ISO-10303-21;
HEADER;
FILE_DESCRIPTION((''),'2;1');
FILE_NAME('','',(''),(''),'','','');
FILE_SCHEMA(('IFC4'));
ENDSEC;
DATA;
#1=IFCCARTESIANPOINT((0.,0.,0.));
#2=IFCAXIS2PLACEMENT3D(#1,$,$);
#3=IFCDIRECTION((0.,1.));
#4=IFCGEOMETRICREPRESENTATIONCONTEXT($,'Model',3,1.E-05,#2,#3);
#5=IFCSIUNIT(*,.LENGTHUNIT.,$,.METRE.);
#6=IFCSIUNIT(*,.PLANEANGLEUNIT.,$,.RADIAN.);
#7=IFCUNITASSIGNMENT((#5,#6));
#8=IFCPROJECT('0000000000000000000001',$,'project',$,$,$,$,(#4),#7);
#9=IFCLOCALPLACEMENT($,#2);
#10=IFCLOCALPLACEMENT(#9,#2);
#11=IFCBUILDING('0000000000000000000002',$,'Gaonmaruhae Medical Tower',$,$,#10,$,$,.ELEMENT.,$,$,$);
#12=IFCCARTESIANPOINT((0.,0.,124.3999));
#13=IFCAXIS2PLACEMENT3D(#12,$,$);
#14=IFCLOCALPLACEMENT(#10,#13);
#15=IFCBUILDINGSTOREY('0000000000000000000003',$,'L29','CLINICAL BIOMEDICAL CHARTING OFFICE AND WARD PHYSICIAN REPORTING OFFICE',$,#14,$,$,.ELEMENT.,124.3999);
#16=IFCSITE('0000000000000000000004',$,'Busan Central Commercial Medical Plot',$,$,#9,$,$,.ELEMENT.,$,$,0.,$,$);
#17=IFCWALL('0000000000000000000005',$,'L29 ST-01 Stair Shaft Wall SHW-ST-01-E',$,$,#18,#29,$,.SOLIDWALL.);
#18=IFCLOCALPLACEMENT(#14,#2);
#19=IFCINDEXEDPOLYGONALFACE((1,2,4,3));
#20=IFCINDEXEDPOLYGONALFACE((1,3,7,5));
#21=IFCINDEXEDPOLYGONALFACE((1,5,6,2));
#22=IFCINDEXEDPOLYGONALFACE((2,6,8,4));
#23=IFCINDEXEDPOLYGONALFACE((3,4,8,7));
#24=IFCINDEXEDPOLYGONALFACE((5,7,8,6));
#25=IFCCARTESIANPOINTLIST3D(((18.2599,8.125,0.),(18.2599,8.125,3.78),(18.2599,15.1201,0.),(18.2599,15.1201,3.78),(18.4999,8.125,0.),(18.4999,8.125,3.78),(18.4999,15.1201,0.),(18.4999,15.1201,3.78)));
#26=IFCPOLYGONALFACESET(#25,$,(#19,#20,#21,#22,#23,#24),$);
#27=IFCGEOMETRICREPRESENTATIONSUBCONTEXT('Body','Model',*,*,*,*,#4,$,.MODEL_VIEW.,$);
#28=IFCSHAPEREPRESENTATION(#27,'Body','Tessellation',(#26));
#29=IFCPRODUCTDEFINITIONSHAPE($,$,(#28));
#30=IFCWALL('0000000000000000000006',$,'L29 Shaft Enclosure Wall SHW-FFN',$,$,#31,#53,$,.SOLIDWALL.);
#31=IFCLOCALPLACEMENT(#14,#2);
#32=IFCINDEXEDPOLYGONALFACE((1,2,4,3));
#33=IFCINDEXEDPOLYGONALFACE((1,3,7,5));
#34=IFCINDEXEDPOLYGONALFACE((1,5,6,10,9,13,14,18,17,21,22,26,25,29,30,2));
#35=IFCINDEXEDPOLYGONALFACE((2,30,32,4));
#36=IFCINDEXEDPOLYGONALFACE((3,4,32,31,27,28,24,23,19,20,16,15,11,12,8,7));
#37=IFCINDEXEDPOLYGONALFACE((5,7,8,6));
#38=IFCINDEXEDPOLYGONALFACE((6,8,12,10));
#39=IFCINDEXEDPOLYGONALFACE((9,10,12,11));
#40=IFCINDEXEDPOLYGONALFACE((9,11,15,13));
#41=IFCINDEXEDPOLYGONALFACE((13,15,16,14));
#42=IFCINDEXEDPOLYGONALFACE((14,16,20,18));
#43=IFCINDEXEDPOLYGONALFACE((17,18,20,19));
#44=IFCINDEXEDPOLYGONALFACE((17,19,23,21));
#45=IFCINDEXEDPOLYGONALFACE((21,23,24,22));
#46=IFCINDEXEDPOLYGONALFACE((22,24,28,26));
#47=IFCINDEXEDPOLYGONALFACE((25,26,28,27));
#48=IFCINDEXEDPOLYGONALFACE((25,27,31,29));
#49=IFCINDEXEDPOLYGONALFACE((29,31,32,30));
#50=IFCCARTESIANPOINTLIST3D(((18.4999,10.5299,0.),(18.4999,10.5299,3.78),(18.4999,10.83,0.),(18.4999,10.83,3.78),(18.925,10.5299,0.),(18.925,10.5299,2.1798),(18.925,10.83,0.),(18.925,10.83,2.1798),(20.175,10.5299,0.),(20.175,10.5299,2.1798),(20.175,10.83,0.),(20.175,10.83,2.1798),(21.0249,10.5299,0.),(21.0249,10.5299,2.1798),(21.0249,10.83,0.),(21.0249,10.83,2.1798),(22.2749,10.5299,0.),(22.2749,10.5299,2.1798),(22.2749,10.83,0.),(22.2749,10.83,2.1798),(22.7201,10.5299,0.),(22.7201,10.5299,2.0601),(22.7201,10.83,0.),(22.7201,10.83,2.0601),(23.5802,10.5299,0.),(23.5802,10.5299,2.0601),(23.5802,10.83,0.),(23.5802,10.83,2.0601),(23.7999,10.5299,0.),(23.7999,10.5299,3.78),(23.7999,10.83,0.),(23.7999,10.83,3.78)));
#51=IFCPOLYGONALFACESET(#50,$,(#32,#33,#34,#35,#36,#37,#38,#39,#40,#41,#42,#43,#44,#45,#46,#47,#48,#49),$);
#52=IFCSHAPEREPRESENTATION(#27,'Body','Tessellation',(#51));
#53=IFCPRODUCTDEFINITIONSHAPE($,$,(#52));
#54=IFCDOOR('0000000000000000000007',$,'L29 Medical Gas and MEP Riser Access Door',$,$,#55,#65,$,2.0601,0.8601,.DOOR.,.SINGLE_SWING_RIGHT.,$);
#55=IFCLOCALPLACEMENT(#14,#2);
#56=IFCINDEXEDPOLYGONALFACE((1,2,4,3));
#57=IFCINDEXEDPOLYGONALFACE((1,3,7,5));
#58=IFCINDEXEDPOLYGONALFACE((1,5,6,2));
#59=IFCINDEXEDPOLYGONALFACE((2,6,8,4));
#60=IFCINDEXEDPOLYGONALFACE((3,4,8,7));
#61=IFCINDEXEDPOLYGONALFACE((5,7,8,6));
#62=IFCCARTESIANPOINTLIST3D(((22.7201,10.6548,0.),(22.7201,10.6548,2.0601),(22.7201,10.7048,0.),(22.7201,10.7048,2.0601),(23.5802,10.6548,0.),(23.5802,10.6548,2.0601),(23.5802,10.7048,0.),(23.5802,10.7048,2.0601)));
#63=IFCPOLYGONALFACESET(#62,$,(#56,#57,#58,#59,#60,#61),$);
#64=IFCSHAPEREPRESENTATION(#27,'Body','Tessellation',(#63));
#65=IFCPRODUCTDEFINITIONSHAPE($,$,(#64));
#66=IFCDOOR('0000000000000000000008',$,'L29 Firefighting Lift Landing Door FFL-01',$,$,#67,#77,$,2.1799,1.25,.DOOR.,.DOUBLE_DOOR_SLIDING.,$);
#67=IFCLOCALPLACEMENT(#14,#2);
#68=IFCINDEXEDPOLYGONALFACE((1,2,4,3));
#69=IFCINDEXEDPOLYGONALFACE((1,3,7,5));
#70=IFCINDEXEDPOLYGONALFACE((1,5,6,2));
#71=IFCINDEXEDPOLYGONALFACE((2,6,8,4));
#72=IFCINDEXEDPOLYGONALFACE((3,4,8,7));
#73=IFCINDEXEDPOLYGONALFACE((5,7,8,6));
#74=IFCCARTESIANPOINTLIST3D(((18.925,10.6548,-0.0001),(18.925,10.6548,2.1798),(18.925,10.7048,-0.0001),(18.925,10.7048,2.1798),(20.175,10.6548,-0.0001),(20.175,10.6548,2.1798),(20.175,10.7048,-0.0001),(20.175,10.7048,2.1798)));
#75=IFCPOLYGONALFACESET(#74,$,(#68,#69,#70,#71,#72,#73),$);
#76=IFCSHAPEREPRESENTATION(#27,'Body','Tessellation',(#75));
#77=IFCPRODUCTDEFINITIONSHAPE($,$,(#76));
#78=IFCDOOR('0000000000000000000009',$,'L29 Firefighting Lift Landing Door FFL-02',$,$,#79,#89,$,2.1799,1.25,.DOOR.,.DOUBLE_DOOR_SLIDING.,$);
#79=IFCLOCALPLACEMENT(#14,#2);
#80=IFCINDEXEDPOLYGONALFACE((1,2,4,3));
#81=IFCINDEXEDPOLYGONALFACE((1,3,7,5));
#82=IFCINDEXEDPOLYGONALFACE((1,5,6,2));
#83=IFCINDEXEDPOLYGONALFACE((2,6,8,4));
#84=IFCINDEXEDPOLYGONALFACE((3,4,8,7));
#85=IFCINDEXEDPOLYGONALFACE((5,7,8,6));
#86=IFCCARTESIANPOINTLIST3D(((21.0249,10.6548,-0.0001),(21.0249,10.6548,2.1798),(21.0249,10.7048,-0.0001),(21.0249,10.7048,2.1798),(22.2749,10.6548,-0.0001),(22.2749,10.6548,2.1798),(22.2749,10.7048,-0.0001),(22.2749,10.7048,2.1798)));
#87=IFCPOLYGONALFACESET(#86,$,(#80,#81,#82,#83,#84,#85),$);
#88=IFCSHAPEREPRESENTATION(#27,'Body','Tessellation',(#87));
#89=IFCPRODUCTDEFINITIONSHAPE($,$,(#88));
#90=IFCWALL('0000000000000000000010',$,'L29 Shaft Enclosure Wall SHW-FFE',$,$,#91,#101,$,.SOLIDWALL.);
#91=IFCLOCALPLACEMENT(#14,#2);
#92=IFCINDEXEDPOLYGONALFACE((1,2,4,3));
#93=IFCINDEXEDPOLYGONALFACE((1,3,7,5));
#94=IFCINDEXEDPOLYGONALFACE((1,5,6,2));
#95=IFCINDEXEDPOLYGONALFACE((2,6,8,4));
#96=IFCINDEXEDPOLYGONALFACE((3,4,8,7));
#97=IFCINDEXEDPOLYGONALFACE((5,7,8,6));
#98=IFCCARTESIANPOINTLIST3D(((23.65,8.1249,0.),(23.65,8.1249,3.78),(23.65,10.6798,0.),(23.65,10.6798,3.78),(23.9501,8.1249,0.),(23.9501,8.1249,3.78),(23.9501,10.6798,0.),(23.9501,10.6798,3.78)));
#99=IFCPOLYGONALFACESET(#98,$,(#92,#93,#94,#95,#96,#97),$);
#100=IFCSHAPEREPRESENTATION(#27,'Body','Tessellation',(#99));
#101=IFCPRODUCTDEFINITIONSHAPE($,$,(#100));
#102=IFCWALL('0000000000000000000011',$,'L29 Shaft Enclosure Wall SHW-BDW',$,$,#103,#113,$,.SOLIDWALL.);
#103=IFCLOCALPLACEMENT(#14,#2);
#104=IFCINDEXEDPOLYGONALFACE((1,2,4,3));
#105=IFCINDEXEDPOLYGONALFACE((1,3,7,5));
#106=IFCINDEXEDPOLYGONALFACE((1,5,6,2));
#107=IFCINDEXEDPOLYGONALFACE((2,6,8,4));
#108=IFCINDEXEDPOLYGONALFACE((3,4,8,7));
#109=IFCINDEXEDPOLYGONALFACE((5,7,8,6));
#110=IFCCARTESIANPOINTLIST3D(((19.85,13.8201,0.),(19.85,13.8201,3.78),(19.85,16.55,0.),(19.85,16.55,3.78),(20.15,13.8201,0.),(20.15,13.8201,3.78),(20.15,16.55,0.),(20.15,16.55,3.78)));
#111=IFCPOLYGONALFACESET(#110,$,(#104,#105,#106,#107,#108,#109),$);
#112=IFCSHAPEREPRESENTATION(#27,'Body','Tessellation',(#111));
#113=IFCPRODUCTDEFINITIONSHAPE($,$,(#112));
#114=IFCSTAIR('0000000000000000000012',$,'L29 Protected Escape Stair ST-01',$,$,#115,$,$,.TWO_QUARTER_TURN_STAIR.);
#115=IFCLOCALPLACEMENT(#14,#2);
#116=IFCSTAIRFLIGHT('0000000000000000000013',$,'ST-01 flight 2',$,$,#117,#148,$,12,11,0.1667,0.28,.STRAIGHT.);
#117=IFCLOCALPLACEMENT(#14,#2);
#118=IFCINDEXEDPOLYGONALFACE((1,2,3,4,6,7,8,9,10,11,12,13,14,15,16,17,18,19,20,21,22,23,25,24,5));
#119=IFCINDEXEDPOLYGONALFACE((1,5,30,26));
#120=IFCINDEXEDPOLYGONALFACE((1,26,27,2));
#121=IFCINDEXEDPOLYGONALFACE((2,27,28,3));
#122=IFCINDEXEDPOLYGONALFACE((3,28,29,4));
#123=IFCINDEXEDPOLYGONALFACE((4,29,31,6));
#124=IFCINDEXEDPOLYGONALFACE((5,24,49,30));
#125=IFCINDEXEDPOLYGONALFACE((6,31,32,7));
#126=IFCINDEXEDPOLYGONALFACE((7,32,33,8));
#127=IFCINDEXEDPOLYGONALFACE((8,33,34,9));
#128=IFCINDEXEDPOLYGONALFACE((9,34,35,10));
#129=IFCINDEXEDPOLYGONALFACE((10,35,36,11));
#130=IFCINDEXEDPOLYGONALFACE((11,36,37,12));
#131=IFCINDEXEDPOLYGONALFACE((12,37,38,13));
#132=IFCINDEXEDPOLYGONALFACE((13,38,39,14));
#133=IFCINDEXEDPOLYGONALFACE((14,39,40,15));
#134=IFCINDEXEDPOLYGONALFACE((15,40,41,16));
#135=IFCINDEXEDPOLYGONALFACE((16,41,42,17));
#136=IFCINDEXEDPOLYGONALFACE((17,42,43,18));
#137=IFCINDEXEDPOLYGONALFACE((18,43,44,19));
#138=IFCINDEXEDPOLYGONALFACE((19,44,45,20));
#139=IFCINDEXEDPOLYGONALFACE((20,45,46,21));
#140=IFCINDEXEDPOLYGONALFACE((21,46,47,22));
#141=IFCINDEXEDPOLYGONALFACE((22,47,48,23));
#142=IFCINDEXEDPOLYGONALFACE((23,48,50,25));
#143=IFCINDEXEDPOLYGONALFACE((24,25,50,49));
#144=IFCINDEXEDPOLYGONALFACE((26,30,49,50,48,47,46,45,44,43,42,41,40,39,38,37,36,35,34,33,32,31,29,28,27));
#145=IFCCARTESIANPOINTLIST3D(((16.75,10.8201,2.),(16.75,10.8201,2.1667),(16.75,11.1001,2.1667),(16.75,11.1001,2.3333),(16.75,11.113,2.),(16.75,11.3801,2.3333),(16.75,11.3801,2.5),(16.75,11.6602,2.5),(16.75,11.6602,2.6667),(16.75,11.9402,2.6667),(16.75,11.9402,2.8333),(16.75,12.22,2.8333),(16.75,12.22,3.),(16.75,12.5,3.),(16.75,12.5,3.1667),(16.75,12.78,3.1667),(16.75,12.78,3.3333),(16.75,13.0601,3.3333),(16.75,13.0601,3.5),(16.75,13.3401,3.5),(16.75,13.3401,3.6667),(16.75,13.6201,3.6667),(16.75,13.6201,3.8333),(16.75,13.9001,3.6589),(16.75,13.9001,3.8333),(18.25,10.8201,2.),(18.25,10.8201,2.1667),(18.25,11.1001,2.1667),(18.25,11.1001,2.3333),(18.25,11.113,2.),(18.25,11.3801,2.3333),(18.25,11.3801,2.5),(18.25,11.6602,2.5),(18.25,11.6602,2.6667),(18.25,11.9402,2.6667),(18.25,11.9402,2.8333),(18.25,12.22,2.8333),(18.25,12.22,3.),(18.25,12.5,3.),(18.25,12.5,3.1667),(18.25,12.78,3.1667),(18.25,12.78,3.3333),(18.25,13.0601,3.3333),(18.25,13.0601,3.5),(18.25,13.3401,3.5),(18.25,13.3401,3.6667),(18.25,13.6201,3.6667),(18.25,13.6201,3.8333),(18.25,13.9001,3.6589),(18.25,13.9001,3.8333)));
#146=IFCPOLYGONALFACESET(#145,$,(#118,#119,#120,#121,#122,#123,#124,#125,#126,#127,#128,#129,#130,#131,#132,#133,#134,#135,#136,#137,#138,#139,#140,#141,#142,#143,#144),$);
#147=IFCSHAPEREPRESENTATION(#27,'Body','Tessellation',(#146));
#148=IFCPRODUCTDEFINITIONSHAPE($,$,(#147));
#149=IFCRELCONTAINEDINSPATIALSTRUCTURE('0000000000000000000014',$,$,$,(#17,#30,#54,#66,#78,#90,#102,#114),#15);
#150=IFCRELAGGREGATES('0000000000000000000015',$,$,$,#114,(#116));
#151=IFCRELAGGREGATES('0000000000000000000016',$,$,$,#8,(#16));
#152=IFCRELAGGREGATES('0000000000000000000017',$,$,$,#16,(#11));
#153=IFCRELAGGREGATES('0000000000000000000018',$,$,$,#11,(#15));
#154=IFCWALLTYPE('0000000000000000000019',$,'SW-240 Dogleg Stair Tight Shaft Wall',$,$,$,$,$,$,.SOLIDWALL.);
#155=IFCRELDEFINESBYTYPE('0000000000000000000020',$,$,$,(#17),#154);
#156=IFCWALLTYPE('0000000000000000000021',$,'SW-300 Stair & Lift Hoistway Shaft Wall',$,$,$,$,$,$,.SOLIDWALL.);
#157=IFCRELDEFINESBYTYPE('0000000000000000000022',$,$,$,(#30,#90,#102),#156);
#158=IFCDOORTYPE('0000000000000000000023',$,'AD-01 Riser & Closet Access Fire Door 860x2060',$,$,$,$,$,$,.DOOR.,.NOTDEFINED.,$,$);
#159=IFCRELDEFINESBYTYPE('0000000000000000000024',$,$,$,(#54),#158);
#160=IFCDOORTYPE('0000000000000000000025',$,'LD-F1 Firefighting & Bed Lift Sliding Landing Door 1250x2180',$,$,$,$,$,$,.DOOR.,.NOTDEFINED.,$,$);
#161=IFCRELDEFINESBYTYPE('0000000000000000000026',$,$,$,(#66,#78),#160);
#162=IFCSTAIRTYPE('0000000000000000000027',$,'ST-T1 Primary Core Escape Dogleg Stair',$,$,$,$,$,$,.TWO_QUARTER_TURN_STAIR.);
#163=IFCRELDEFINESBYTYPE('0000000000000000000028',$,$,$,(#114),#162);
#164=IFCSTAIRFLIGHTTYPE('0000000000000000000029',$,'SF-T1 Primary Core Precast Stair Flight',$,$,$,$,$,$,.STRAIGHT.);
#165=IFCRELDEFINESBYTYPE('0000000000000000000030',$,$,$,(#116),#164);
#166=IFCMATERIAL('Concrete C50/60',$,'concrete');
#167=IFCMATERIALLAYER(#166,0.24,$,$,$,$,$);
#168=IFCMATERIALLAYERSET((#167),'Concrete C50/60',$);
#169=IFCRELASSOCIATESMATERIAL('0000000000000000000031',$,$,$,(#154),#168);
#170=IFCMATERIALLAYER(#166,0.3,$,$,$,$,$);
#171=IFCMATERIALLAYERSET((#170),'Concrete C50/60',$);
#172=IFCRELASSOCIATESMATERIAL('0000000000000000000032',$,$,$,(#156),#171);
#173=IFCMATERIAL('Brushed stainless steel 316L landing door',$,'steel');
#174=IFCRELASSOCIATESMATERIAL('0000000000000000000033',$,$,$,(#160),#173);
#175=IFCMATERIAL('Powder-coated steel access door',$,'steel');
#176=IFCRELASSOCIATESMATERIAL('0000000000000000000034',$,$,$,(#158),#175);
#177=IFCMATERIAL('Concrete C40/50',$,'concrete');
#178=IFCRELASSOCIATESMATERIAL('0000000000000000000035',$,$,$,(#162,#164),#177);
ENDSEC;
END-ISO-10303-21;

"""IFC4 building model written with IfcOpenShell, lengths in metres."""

from ifc_helpers import new_model, si_unit, direction, frame, frame_2d, origin, place, context, subcontext, project, spatial, polyline, rectangle, outline, extrude, material, layer, layer_set, type_object, element, fill, aggregate, save


model = new_model("IFC4")

# Units and contexts
model_context = context("Model", 3, precision=1e-05, world=origin(), true_north=direction((0.0, 1.0)))
body_context = subcontext(model_context, "Body", "Model", "MODEL_VIEW")
ifc_project = project(units=[si_unit("LENGTHUNIT", "METRE"), si_unit("PLANEANGLEUNIT", "RADIAN")], contexts=[model_context])

# Site, building, storey
site_placement = place(None, origin())
site = spatial("IfcSite", under=ifc_project, at=site_placement, Name="Busan Central Commercial Medical Plot", CompositionType="ELEMENT", RefElevation=0.0)
building_placement = place(site_placement, origin())
building = spatial("IfcBuilding", under=site, at=building_placement, Name="Gaonmaruhae Medical Tower", CompositionType="ELEMENT")
storey_placement = place(building_placement, frame((0.0, 0.0, 124.3999)))
storey = spatial("IfcBuildingStorey", under=building, at=storey_placement, Name="L29", Description="CLINICAL BIOMEDICAL CHARTING OFFICE AND WARD PHYSICIAN REPORTING OFFICE", CompositionType="ELEMENT", Elevation=124.3999)

# Wall
ifc_material_1 = material(Name="Concrete C50/60", Category="concrete")
ifc_layer_1 = layer(ifc_material_1, 0.24)
ifc_layer_set_1 = layer_set([ifc_layer_1], Name="Concrete C50/60")
wall_type_1 = type_object("IfcWallType", Name="SW-240 Dogleg Stair Tight Shaft Wall", PredefinedType="SOLIDWALL", material=ifc_layer_set_1)
wall_1_placement = place(storey_placement, frame((18.3799, 15.1201, 0.0), z_axis=(0.0, 0.0, 1.0), x_axis=(0.0, -1.0, 0.0)))
element("IfcWall", 1, at=wall_1_placement, inside=storey, type_object=wall_type_1, Name="L29 ST-01 Stair Shaft Wall SHW-ST-01-E", PredefinedType="SOLIDWALL", context=body_context, shape_type="SweptSolid", body=[
    extrude(rectangle(XDim=6.9951, YDim=0.24, at=frame_2d((3.4976, 0.0))), origin(), (0.0, 0.0, 1.0), 3.78),
])

# Wall, openings, doors
ifc_layer_2 = layer(ifc_material_1, 0.3)
ifc_layer_set_2 = layer_set([ifc_layer_2], Name="Concrete C50/60")
wall_type_2 = type_object("IfcWallType", Name="SW-300 Stair & Lift Hoistway Shaft Wall", PredefinedType="SOLIDWALL", material=ifc_layer_set_2)
ifc_material_2 = material(Name="Brushed stainless steel 316L landing door", Category="steel")
door_type_1 = type_object("IfcDoorType", Name="LD-F1 Firefighting & Bed Lift Sliding Landing Door 1250x2180", OperationType="NOTDEFINED", PredefinedType="DOOR", material=ifc_material_2)
wall_2_placement = place(storey_placement, frame((18.5, 10.6799, 0.0), z_axis=(0.0, 0.0, 1.0), x_axis=(1.0, 0.0, 0.0)))
wall_2 = element("IfcWall", 2, at=wall_2_placement, inside=storey, type_object=wall_type_2, Name="L29 Shaft Enclosure Wall SHW-FFN", PredefinedType="SOLIDWALL", context=body_context, shape_type="SweptSolid", body=[
    extrude(rectangle(XDim=5.3, YDim=0.3, at=frame_2d((2.6499, 0.0))), origin(), (0.0, 0.0, 1.0), 3.78),
])
opening_1_placement = place(wall_2_placement, frame((4.22, 0.0, 0.0)))
opening_1 = element("IfcOpeningElement", 3, at=opening_1_placement, cuts=wall_2, PredefinedType="OPENING", context=body_context, shape_type="SweptSolid", body=[
    extrude(rectangle(XDim=0.8601, YDim=2.0601, at=frame_2d((0.4302, 1.03))), frame((0.0, 0.1602, 0.0), z_axis=(0.0, -1.0, 0.0), x_axis=(1.0, 0.0, 0.0)), (0.0, 0.0, 1.0), 0.3201),
])
opening_2_placement = place(wall_2_placement, frame((0.425, 0.0, 0.0)))
opening_2 = element("IfcOpeningElement", 4, at=opening_2_placement, cuts=wall_2, PredefinedType="OPENING", context=body_context, shape_type="SweptSolid", body=[
    extrude(rectangle(XDim=1.25, YDim=2.1799, at=frame_2d((0.625, 1.0898))), frame((0.0, 0.1602, 0.0), z_axis=(0.0, -1.0, 0.0), x_axis=(1.0, 0.0, 0.0)), (0.0, 0.0, 1.0), 0.3201),
])
opening_3_placement = place(wall_2_placement, frame((2.5249, 0.0, 0.0)))
opening_3 = element("IfcOpeningElement", 5, at=opening_3_placement, cuts=wall_2, PredefinedType="OPENING", context=body_context, shape_type="SweptSolid", body=[
    extrude(rectangle(XDim=1.25, YDim=2.1799, at=frame_2d((0.625, 1.0898))), frame((0.0, 0.1602, 0.0), z_axis=(0.0, -1.0, 0.0), x_axis=(1.0, 0.0, 0.0)), (0.0, 0.0, 1.0), 0.3201),
])
ifc_material_3 = material(Name="Powder-coated steel access door", Category="steel")
door_type_2 = type_object("IfcDoorType", Name="AD-01 Riser & Closet Access Fire Door 860x2060", OperationType="NOTDEFINED", PredefinedType="DOOR", material=ifc_material_3)
door_1_placement = place(opening_1_placement, origin())
door_1 = element("IfcDoor", 6, at=door_1_placement, inside=storey, type_object=door_type_2, Name="L29 Medical Gas and MEP Riser Access Door", OperationType="SINGLE_SWING_RIGHT", OverallHeight=2.0601, OverallWidth=0.8601, PredefinedType="DOOR", context=body_context, shape_type="SweptSolid", body=[
    extrude(rectangle(XDim=0.8601, YDim=2.0601, at=frame_2d((0.4302, 1.03))), frame((0.0, 0.0249, 0.0), z_axis=(0.0, -1.0, 0.0), x_axis=(1.0, 0.0, 0.0)), (0.0, 0.0, 1.0), 0.05),
])
fill(opening_1, door_1)
door_2_placement = place(opening_2_placement, origin())
door_2 = element("IfcDoor", 7, at=door_2_placement, inside=storey, type_object=door_type_1, Name="L29 Firefighting Lift Landing Door FFL-01", OperationType="DOUBLE_DOOR_SLIDING", OverallHeight=2.1799, OverallWidth=1.25, PredefinedType="DOOR", context=body_context, shape_type="SweptSolid", body=[
    extrude(rectangle(XDim=1.25, YDim=2.1799, at=frame_2d((0.625, 1.0898))), frame((0.0, 0.0249, 0.0), z_axis=(0.0, -1.0, 0.0), x_axis=(1.0, 0.0, 0.0)), (0.0, 0.0, 1.0), 0.05),
])
fill(opening_2, door_2)
door_3_placement = place(opening_3_placement, origin())
door_3 = element("IfcDoor", 8, at=door_3_placement, inside=storey, type_object=door_type_1, Name="L29 Firefighting Lift Landing Door FFL-02", OperationType="DOUBLE_DOOR_SLIDING", OverallHeight=2.1799, OverallWidth=1.25, PredefinedType="DOOR", context=body_context, shape_type="SweptSolid", body=[
    extrude(rectangle(XDim=1.25, YDim=2.1799, at=frame_2d((0.625, 1.0898))), frame((0.0, 0.0249, 0.0), z_axis=(0.0, -1.0, 0.0), x_axis=(1.0, 0.0, 0.0)), (0.0, 0.0, 1.0), 0.05),
])
fill(opening_3, door_3)

# Walls
wall_3_placement = place(storey_placement, frame((23.8, 8.125, 0.0), z_axis=(0.0, 0.0, 1.0), x_axis=(0.0, 1.0, 0.0)))
element("IfcWall", 9, at=wall_3_placement, inside=storey, type_object=wall_type_2, Name="L29 Shaft Enclosure Wall SHW-FFE", PredefinedType="SOLIDWALL", context=body_context, shape_type="SweptSolid", body=[
    extrude(rectangle(XDim=2.5549, YDim=0.3, at=frame_2d((1.2773, 0.0))), origin(), (0.0, 0.0, 1.0), 3.78),
])
wall_4_placement = place(storey_placement, frame((20.0, 13.8201, 0.0), z_axis=(0.0, 0.0, 1.0), x_axis=(0.0, 1.0, 0.0)))
element("IfcWall", 10, at=wall_4_placement, inside=storey, type_object=wall_type_2, Name="L29 Shaft Enclosure Wall SHW-BDW", PredefinedType="SOLIDWALL", context=body_context, shape_type="SweptSolid", body=[
    extrude(rectangle(XDim=2.73, YDim=0.3, at=frame_2d((1.365, 0.0))), origin(), (0.0, 0.0, 1.0), 3.78),
])

# Stair, stair flight
ifc_material_4 = material(Name="Concrete C40/50", Category="concrete")
stair_type = type_object("IfcStairType", Name="ST-T1 Primary Core Escape Dogleg Stair", PredefinedType="TWO_QUARTER_TURN_STAIR", material=ifc_material_4)
stair_placement = place(storey_placement, origin())
stair = element("IfcStair", 11, at=stair_placement, inside=storey, type_object=stair_type, Name="L29 Protected Escape Stair ST-01", PredefinedType="TWO_QUARTER_TURN_STAIR")
stair_flight_type = type_object("IfcStairFlightType", Name="SF-T1 Primary Core Precast Stair Flight", PredefinedType="STRAIGHT", material=ifc_material_4)
stair_flight_placement = place(storey_placement, frame((17.5, 10.8201, 2.0), z_axis=(0.0, 0.0, 1.0), x_axis=(0.0, 1.0, 0.0)))
stair_flight = element("IfcStairFlight", 12, at=stair_flight_placement, type_object=stair_flight_type, Name="ST-01 flight 2", NumberOfRisers=12, NumberOfTreads=11, PredefinedType="STRAIGHT", RiserHeight=0.1667, TreadLength=0.28, context=body_context, shape_type="SweptSolid", body=[
    extrude(outline(polyline([(0.0, 0.0), (0.0, 0.1667), (0.28, 0.1667), (0.28, 0.3333), (0.5601, 0.3333), (0.5601, 0.5), (0.8401, 0.5), (0.8401, 0.6667), (1.1201, 0.6667), (1.1201, 0.8333), (1.3999, 0.8333), (1.3999, 1.0), (1.6799, 1.0), (1.6799, 1.1667), (1.96, 1.1667), (1.96, 1.3333), (2.24, 1.3333), (2.24, 1.5), (2.52, 1.5), (2.52, 1.6667), (2.8, 1.6667), (2.8, 1.8333), (3.0801, 1.8333), (3.0801, 2.0), (3.0801, 1.6589), (0.293, 0.0), (0.0, 0.0)])), frame((0.0, 0.75, 0.0), z_axis=(0.0, -1.0, 0.0), x_axis=(1.0, 0.0, 0.0)), (0.0, 0.0, 1.0), 1.5),
])
aggregate(stair, [stair_flight])

save(model, "model.ifc")
